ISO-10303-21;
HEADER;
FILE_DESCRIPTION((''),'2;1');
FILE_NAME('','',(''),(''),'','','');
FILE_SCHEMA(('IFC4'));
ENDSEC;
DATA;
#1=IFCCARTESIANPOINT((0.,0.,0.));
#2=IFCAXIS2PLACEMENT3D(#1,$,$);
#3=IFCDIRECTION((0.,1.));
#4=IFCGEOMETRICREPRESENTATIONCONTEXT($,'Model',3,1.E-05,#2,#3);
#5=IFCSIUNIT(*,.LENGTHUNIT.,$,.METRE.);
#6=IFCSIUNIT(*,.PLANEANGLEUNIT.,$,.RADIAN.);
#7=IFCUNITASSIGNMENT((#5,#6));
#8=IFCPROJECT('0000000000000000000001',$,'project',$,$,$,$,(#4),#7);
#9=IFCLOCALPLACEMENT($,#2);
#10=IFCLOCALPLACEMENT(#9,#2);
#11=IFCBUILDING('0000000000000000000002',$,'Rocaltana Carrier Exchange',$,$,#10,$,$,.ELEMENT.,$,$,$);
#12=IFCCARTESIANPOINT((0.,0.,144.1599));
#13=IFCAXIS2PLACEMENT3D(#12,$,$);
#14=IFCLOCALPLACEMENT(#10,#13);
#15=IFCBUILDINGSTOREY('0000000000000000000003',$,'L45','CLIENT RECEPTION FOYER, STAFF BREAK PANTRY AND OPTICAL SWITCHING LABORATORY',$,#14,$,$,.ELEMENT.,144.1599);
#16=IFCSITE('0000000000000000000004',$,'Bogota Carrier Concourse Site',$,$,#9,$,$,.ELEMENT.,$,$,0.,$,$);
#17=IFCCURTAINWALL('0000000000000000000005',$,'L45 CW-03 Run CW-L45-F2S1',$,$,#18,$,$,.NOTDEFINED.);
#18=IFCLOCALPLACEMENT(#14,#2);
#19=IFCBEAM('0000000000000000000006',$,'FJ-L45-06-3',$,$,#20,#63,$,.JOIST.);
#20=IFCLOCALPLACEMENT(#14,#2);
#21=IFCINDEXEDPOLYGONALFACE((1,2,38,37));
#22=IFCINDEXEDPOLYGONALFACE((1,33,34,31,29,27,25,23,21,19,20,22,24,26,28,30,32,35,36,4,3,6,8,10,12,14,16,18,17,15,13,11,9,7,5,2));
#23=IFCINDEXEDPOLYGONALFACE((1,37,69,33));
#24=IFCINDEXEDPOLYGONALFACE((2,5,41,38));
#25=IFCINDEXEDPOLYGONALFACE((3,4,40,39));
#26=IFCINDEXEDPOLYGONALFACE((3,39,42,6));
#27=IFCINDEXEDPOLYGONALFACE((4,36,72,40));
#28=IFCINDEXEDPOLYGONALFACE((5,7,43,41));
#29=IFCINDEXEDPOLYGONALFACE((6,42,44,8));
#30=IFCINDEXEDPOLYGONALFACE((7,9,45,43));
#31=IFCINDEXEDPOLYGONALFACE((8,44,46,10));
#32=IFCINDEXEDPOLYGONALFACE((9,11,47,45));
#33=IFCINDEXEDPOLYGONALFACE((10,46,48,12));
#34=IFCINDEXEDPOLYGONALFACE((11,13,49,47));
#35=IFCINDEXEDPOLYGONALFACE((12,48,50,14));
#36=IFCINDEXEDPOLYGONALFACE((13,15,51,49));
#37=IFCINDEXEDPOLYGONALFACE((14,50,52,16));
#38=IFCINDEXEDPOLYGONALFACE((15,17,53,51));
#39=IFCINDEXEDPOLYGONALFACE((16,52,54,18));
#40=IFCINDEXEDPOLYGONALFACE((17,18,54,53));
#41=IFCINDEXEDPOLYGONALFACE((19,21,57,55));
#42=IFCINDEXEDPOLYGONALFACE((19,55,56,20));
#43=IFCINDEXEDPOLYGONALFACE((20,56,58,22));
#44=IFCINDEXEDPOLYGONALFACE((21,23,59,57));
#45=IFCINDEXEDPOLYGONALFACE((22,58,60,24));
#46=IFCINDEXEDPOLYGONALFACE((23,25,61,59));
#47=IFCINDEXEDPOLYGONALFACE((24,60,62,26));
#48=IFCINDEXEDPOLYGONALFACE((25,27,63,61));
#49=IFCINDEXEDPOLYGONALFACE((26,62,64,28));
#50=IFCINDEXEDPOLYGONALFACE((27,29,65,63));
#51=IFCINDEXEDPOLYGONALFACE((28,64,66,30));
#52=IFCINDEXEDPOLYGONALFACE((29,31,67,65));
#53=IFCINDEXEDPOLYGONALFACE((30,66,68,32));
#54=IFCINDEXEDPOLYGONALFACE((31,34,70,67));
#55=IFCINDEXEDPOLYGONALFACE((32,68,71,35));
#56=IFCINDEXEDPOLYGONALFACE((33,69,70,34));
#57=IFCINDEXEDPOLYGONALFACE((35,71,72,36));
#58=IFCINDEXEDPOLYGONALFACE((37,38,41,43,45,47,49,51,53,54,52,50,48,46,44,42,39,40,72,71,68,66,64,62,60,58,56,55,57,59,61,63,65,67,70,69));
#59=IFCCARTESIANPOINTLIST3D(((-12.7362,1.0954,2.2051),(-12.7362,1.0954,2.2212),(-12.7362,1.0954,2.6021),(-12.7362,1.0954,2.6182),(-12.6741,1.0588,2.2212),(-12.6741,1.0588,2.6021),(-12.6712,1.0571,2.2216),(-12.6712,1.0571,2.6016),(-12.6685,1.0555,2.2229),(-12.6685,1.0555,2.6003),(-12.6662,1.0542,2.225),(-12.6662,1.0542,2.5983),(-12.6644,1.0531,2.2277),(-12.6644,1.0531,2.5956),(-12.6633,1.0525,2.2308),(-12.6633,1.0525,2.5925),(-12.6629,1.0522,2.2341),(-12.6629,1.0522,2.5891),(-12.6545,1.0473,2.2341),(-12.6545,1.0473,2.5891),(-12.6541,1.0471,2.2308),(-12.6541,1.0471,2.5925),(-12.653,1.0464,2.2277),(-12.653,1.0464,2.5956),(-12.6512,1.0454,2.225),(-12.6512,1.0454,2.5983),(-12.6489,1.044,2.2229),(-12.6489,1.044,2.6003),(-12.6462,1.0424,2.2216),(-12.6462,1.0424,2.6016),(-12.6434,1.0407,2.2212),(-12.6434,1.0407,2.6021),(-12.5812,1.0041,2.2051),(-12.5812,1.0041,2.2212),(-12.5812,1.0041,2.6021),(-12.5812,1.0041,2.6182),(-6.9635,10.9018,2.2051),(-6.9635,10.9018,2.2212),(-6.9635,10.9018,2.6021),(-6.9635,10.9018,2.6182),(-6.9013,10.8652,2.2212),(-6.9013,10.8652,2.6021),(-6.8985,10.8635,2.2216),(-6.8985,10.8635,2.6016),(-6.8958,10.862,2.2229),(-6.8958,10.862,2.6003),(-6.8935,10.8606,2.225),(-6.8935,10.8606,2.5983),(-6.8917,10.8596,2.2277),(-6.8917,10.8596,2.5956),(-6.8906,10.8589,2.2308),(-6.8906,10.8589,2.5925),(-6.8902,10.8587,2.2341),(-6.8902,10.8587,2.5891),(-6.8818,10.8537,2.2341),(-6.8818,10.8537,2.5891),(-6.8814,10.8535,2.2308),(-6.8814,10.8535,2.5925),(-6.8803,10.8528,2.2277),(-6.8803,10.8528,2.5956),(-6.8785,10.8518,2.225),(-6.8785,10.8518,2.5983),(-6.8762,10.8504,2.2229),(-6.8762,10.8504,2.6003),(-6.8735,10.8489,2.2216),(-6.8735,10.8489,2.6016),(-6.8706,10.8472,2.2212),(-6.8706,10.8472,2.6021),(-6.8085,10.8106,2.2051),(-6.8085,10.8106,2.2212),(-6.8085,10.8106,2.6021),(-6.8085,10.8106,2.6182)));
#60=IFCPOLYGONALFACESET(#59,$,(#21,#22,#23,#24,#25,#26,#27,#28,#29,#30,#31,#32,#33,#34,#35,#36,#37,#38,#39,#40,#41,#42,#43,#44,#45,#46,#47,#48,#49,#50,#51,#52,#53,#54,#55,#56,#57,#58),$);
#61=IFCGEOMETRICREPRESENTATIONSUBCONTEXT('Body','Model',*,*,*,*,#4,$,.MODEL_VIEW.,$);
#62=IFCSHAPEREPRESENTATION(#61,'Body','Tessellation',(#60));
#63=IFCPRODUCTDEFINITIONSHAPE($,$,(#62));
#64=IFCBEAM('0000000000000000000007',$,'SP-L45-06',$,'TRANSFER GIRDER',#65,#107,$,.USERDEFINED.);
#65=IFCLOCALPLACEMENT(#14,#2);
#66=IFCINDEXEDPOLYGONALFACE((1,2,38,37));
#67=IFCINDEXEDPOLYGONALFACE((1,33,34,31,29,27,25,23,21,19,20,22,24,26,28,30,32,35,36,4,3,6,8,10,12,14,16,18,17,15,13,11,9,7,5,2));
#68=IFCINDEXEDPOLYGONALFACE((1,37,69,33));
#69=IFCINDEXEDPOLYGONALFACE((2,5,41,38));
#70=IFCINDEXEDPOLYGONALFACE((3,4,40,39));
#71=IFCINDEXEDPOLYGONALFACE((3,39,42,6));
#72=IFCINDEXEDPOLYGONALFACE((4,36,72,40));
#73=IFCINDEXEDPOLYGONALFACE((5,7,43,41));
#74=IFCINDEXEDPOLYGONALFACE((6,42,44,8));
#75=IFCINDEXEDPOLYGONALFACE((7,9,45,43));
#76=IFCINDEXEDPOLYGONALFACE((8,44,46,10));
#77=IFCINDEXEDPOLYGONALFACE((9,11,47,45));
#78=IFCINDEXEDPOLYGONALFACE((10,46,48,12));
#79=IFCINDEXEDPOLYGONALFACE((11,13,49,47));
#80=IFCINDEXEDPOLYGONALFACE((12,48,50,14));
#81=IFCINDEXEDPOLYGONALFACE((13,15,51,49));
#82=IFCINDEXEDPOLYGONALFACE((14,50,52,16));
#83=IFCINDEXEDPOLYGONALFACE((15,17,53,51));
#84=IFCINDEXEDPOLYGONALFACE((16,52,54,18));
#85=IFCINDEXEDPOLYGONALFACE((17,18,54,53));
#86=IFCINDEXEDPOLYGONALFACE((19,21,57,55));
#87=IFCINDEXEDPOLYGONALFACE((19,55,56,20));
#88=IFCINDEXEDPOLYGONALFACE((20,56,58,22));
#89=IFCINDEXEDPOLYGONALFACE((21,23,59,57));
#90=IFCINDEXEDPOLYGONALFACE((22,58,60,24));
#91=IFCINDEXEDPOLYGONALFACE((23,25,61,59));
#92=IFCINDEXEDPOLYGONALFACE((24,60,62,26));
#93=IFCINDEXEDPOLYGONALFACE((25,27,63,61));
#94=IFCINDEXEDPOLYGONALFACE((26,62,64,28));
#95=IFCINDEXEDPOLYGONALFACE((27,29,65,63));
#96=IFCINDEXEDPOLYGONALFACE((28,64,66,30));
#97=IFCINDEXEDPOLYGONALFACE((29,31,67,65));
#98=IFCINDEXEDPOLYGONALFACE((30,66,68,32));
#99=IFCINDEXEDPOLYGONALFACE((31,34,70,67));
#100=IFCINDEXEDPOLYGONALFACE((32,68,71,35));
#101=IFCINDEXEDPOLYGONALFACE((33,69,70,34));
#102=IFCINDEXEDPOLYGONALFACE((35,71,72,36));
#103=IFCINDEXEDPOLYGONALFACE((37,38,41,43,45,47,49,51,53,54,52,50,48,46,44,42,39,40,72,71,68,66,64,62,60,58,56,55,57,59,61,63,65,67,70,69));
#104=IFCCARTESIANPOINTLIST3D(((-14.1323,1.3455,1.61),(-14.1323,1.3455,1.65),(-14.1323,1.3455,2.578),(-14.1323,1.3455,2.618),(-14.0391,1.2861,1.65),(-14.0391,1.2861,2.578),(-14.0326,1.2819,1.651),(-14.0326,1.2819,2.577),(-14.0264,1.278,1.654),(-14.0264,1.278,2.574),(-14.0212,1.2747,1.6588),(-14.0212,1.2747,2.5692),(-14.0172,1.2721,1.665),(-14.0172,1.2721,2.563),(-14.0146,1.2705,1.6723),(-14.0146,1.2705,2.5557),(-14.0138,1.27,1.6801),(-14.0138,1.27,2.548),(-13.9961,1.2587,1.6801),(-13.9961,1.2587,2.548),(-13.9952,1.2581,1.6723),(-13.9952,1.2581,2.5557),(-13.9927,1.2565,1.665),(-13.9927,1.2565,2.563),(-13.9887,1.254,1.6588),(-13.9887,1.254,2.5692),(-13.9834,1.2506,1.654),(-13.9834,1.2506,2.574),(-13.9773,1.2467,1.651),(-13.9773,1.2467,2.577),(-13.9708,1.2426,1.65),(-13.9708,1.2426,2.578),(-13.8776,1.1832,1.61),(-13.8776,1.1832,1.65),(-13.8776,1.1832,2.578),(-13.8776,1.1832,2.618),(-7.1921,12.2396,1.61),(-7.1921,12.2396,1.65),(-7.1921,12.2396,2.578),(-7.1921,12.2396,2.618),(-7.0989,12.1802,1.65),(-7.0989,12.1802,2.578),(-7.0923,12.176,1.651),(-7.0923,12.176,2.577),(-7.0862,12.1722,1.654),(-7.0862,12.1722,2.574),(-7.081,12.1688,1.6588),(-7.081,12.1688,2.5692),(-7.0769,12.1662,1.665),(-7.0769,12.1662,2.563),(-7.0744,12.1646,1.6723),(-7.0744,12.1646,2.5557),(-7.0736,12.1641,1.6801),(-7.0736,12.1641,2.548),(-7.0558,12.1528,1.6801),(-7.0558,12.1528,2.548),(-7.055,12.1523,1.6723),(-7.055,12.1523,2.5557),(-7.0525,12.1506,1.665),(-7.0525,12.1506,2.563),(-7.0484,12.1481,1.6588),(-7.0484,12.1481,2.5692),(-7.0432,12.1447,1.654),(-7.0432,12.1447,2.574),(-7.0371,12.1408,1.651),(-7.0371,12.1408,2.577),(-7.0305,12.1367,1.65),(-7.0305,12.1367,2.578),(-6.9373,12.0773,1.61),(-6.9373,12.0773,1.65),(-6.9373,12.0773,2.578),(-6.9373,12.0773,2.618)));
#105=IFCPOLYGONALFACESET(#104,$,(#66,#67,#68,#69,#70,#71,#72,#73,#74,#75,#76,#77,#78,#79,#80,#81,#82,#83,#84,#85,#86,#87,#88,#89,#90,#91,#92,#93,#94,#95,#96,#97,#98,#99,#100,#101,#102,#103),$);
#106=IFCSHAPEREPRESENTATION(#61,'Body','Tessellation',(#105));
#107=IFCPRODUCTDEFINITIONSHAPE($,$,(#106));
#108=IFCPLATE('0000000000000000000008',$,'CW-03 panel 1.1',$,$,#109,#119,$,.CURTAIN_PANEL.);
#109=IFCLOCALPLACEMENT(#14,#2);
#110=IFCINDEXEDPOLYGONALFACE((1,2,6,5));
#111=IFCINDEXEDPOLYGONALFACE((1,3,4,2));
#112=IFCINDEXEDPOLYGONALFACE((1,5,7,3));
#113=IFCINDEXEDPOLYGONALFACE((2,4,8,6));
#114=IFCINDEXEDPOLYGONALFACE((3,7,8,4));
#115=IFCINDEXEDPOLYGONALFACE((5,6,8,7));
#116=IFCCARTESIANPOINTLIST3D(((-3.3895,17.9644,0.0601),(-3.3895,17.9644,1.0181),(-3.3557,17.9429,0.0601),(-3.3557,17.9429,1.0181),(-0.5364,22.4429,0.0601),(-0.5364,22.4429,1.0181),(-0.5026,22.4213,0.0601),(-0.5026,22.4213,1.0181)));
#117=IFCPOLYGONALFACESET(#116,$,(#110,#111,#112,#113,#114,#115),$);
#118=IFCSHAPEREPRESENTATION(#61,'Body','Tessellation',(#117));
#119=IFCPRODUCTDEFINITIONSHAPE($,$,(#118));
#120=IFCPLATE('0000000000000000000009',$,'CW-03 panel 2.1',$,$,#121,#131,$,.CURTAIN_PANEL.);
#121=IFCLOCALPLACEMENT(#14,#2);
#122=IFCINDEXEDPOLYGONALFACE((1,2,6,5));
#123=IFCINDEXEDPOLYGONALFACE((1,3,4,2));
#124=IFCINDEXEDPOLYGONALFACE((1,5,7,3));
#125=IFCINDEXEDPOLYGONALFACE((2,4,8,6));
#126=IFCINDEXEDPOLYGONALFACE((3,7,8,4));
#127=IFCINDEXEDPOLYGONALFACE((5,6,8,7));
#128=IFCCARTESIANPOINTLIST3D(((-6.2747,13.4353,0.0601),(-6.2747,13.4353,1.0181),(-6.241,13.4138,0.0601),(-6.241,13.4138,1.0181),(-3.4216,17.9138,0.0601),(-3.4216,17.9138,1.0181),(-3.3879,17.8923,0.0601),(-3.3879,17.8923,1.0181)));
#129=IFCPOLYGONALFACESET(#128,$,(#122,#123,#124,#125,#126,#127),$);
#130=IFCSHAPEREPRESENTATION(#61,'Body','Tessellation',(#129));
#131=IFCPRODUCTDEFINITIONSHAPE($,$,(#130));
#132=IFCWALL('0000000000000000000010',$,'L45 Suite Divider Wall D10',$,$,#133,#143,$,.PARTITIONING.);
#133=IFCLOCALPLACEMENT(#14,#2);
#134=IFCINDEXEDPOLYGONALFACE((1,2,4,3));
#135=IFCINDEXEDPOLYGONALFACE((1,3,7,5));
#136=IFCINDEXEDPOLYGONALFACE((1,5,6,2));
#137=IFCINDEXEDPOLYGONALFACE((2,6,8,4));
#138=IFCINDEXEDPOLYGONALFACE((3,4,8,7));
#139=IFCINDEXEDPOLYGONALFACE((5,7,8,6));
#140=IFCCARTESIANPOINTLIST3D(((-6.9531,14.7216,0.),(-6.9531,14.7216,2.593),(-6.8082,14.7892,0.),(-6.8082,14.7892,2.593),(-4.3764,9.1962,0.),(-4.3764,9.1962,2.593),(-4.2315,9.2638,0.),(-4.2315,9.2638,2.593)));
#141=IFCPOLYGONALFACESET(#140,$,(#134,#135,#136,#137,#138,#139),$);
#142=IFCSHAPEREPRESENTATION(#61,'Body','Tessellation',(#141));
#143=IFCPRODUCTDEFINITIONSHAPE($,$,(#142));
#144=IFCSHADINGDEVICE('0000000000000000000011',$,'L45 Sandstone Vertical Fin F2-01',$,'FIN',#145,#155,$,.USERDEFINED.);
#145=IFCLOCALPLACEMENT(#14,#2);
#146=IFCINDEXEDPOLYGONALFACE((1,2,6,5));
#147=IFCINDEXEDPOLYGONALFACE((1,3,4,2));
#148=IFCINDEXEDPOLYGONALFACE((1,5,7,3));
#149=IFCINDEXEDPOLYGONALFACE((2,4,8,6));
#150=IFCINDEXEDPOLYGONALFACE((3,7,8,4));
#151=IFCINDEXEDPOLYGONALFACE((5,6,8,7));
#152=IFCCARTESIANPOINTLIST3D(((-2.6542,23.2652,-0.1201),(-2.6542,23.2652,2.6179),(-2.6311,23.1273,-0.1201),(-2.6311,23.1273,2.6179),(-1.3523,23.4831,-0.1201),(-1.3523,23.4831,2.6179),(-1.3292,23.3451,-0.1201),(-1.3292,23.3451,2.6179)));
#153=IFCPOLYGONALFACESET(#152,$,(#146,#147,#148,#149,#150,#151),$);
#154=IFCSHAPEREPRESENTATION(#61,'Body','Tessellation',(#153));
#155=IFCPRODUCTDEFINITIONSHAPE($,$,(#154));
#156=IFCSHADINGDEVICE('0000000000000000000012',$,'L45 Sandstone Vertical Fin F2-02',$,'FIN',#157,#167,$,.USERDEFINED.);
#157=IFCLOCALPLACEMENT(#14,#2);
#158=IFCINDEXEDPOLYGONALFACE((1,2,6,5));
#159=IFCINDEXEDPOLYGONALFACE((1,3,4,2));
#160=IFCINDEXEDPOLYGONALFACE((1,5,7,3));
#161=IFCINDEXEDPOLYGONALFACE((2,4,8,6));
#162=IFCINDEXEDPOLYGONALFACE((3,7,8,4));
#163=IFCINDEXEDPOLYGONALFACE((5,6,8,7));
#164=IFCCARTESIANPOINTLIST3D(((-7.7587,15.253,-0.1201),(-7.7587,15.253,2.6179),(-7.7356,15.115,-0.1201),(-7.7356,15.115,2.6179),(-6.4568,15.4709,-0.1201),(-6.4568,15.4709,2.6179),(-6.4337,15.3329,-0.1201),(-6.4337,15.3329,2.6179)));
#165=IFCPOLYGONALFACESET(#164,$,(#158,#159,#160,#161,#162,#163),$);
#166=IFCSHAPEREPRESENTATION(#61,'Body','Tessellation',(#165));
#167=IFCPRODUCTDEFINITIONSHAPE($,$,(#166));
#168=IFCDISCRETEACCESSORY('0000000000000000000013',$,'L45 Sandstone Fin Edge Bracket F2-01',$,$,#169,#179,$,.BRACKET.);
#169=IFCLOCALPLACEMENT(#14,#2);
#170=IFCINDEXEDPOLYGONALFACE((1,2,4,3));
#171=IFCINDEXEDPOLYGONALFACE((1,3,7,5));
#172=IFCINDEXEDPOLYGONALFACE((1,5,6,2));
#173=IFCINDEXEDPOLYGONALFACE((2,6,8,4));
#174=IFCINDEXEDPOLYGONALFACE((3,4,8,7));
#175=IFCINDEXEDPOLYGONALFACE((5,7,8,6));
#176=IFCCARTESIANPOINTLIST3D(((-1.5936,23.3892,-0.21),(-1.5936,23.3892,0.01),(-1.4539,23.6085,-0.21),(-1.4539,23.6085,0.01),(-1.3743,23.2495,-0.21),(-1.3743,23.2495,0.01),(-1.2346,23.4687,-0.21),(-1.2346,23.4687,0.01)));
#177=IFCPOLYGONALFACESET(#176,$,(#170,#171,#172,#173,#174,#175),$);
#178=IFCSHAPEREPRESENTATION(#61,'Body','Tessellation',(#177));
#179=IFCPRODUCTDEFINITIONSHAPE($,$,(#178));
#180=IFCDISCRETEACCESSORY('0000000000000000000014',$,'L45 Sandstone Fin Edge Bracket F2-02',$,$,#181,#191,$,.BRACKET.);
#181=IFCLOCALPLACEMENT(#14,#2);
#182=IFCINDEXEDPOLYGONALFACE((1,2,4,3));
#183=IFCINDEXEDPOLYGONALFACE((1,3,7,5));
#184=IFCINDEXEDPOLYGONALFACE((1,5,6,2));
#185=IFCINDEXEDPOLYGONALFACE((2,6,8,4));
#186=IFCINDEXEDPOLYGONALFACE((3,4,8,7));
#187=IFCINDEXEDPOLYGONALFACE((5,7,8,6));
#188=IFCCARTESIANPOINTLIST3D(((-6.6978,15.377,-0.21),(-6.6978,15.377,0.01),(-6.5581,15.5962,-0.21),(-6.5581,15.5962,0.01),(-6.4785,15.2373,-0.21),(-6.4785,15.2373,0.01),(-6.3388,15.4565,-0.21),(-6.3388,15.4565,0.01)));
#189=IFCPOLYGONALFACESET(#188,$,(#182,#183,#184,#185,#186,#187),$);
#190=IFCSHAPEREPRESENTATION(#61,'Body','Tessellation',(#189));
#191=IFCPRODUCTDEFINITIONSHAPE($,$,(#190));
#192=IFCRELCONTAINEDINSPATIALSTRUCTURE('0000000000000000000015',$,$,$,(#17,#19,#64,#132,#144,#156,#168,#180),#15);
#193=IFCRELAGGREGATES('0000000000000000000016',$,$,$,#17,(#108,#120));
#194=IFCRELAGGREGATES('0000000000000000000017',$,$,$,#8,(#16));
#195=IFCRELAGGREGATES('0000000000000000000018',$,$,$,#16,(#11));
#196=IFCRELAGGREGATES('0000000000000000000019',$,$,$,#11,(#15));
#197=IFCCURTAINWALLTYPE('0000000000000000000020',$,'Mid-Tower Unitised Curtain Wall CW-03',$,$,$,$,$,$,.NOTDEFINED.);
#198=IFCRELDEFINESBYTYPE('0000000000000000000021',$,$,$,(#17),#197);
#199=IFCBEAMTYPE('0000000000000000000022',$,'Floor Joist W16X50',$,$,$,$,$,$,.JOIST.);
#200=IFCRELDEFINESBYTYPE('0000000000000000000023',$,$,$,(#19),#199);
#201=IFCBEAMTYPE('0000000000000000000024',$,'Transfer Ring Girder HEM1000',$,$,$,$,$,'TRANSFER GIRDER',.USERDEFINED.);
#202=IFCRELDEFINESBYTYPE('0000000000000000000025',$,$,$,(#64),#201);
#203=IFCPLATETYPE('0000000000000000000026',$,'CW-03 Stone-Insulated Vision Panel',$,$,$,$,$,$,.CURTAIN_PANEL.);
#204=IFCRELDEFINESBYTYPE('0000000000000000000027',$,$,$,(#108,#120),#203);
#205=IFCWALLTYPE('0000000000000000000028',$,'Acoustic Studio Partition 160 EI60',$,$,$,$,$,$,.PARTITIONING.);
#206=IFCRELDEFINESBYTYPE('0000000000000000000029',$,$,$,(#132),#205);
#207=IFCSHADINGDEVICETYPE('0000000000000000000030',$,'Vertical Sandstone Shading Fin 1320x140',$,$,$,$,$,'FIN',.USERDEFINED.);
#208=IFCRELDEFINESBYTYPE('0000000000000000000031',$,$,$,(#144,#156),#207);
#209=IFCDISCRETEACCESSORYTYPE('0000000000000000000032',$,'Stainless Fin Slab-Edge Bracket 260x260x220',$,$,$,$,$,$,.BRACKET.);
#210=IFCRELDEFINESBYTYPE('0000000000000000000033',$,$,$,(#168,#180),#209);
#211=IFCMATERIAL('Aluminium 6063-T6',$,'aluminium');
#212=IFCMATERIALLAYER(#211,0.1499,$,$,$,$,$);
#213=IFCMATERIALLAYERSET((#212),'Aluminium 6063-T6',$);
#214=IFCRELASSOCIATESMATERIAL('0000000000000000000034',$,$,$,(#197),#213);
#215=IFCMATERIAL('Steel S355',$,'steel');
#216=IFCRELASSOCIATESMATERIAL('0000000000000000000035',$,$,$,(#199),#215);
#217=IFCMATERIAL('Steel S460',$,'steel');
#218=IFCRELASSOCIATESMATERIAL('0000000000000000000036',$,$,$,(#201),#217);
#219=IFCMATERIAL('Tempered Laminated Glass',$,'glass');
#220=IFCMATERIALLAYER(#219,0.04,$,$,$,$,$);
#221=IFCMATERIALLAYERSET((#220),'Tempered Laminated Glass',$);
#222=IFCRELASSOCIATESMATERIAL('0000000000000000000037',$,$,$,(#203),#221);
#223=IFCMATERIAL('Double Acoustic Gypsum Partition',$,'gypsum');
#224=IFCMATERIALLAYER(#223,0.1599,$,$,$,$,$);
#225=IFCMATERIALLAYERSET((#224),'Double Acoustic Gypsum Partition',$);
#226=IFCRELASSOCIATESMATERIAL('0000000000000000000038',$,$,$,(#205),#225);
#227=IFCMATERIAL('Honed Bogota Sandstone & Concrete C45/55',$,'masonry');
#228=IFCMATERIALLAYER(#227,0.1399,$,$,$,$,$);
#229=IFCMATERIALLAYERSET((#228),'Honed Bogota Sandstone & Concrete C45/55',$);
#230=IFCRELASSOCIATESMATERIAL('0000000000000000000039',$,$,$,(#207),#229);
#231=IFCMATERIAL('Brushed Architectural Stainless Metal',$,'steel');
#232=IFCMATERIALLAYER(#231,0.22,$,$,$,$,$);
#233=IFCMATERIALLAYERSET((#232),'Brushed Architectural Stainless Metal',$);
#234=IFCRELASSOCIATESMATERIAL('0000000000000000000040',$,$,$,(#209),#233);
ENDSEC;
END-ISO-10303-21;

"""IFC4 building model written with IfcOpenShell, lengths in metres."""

from ifc_helpers import new_model, si_unit, direction, frame, frame_2d, origin, origin_2d, place, context, subcontext, project, spatial, rectangle, i_section, extrude, material, layer, layer_set, material_profile, profile_set, type_object, element, aggregate, save


model = new_model("IFC4")

# Units and contexts
model_context = context("Model", 3, precision=1e-05, world=origin(), true_north=direction((0.0, 1.0)))
body_context = subcontext(model_context, "Body", "Model", "MODEL_VIEW")
ifc_project = project(units=[si_unit("LENGTHUNIT", "METRE"), si_unit("PLANEANGLEUNIT", "RADIAN")], contexts=[model_context])

# Site, building, storey
site_placement = place(None, origin())
site = spatial("IfcSite", under=ifc_project, at=site_placement, Name="Bogota Carrier Concourse Site", CompositionType="ELEMENT", RefElevation=0.0)
building_placement = place(site_placement, origin())
building = spatial("IfcBuilding", under=site, at=building_placement, Name="Rocaltana Carrier Exchange", CompositionType="ELEMENT")
storey_placement = place(building_placement, frame((0.0, 0.0, 144.1599)))
storey = spatial("IfcBuildingStorey", under=building, at=storey_placement, Name="L45", Description="CLIENT RECEPTION FOYER, STAFF BREAK PANTRY AND OPTICAL SWITCHING LABORATORY", CompositionType="ELEMENT", Elevation=144.1599)

# Curtain wall
ifc_material_1 = material(Name="Aluminium 6063-T6", Category="aluminium")
ifc_layer_1 = layer(ifc_material_1, 0.1499)
ifc_layer_set_1 = layer_set([ifc_layer_1], Name="Aluminium 6063-T6")
curtain_wall_type = type_object("IfcCurtainWallType", Name="Mid-Tower Unitised Curtain Wall CW-03", PredefinedType="NOTDEFINED", material=ifc_layer_set_1)
curtain_wall_1_placement = place(storey_placement, origin())
curtain_wall_1 = element("IfcCurtainWall", 1, at=curtain_wall_1_placement, inside=storey, type_object=curtain_wall_type, Name="L45 CW-03 Run CW-L45-F2S1", PredefinedType="NOTDEFINED")

# Beams
ifc_material_2 = material(Name="Steel S355", Category="steel")
ifc_material_profile_1 = material_profile(ifc_material_2, i_section(OverallWidth=0.1799, OverallDepth=0.4131, WebThickness=0.0098, FlangeThickness=0.0161, FilletRadius=0.0129, at=origin_2d()), Name="W16X50")
ifc_profile_set_1 = profile_set([ifc_material_profile_1], Name="Steel S355")
beam_type_1 = type_object("IfcBeamType", Name="Floor Joist W16X50", PredefinedType="JOIST", material=ifc_profile_set_1)
beam_1_placement = place(storey_placement, frame((-6.886, 10.8562, 2.4116), z_axis=(-0.507297, -0.861771, 0.0), x_axis=(0.861771, -0.507297, 0.0)))
element("IfcBeam", 2, at=beam_1_placement, inside=storey, type_object=beam_type_1, Name="FJ-L45-06-3", PredefinedType="JOIST", context=body_context, shape_type="SweptSolid", body=[
    extrude(i_section(OverallWidth=0.1799, OverallDepth=0.4131, WebThickness=0.0098, FlangeThickness=0.0161, FilletRadius=0.0129, at=origin_2d()), origin(), (0.0, 0.0, 1.0), 11.3794),
])
ifc_material_3 = material(Name="Steel S460", Category="steel")
ifc_material_profile_2 = material_profile(ifc_material_3, i_section(OverallWidth=0.302, OverallDepth=1.0081, WebThickness=0.021, FlangeThickness=0.04, FilletRadius=0.03, at=origin_2d()), Name="HEM1000")
ifc_profile_set_2 = profile_set([ifc_material_profile_2], Name="Steel S460")
beam_type_2 = type_object("IfcBeamType", Name="Transfer Ring Girder HEM1000", ElementType="TRANSFER GIRDER", PredefinedType="USERDEFINED", material=ifc_profile_set_2)
beam_2_placement = place(storey_placement, frame((-7.0647, 12.1584, 2.114), z_axis=(-0.537295, -0.843394, 0.0), x_axis=(0.843394, -0.537295, 0.0)))
element("IfcBeam", 3, at=beam_2_placement, inside=storey, type_object=beam_type_2, Name="SP-L45-06", ObjectType="TRANSFER GIRDER", PredefinedType="USERDEFINED", context=body_context, shape_type="SweptSolid", body=[
    extrude(i_section(OverallWidth=0.302, OverallDepth=1.0081, WebThickness=0.021, FlangeThickness=0.04, FilletRadius=0.03, at=origin_2d()), origin(), (0.0, 0.0, 1.0), 12.917),
])

# Plates
ifc_material_4 = material(Name="Tempered Laminated Glass", Category="glass")
ifc_layer_2 = layer(ifc_material_4, 0.04)
ifc_layer_set_2 = layer_set([ifc_layer_2], Name="Tempered Laminated Glass")
plate_type = type_object("IfcPlateType", Name="CW-03 Stone-Insulated Vision Panel", PredefinedType="CURTAIN_PANEL", material=ifc_layer_set_2)
plate_1_placement = place(storey_placement, frame((-1.946, 20.1929, 0.0601), z_axis=(0.0, 0.0, 1.0), x_axis=(-0.537301, -0.843391, 0.0)))
plate_1 = element("IfcPlate", 4, at=plate_1_placement, type_object=plate_type, Name="CW-03 panel 1.1", PredefinedType="CURTAIN_PANEL", context=body_context, shape_type="SweptSolid", body=[
    extrude(rectangle(XDim=5.3101, YDim=0.04, at=origin_2d()), origin(), (0.0, 0.0, 1.0), 0.958),
])
plate_2_placement = place(storey_placement, frame((-4.8313, 15.6638, 0.0601), z_axis=(0.0, 0.0, 1.0), x_axis=(-0.537301, -0.843391, 0.0)))
plate_2 = element("IfcPlate", 5, at=plate_2_placement, type_object=plate_type, Name="CW-03 panel 2.1", PredefinedType="CURTAIN_PANEL", context=body_context, shape_type="SweptSolid", body=[
    extrude(rectangle(XDim=5.3101, YDim=0.04, at=origin_2d()), origin(), (0.0, 0.0, 1.0), 0.958),
])
aggregate(curtain_wall_1, [plate_1, plate_2])

# Wall
ifc_material_5 = material(Name="Double Acoustic Gypsum Partition", Category="gypsum")
ifc_layer_3 = layer(ifc_material_5, 0.1599)
ifc_layer_set_3 = layer_set([ifc_layer_3], Name="Double Acoustic Gypsum Partition")
wall_type = type_object("IfcWallType", Name="Acoustic Studio Partition 160 EI60", PredefinedType="PARTITIONING", material=ifc_layer_set_3)
wall_placement = place(storey_placement, frame((-4.304, 9.23, 0.0), z_axis=(0.0, 0.0, 1.0), x_axis=(-0.422636, 0.9063, 0.0)))
element("IfcWall", 6, at=wall_placement, inside=storey, type_object=wall_type, Name="L45 Suite Divider Wall D10", PredefinedType="PARTITIONING", context=body_context, shape_type="SweptSolid", body=[
    extrude(rectangle(XDim=6.0967, YDim=0.1599, at=frame_2d((3.0483, 0.0))), origin(), (0.0, 0.0, 1.0), 2.593),
])

# Shading devices
ifc_material_6 = material(Name="Honed Bogota Sandstone & Concrete C45/55", Category="masonry")
ifc_layer_4 = layer(ifc_material_6, 0.1399)
ifc_layer_set_4 = layer_set([ifc_layer_4], Name="Honed Bogota Sandstone & Concrete C45/55")
shading_device_type = type_object("IfcShadingDeviceType", Name="Vertical Sandstone Shading Fin 1320x140", ElementType="FIN", PredefinedType="USERDEFINED", material=ifc_layer_set_4)
for number, where, z_axis, x_axis, name in (
    (7, (-1.9917, 23.3052, -0.1201), (0.0, 0.0, 1.0), (-0.986286, -0.165048, 0.0), "L45 Sandstone Vertical Fin F2-01"),
    (8, (-7.0962, 15.293, -0.1201), (0.0, 0.0, 1.0), (-0.986286, -0.165048, 0.0), "L45 Sandstone Vertical Fin F2-02"),
):
    element("IfcShadingDevice", number, at=place(storey_placement, frame(where, z_axis=z_axis, x_axis=x_axis)), inside=storey, type_object=shading_device_type, Name=name, ObjectType="FIN", PredefinedType="USERDEFINED", context=body_context, shape_type="SweptSolid", body=[
        extrude(rectangle(XDim=1.3201, YDim=0.1399, at=origin_2d()), origin(), (0.0, 0.0, 1.0), 2.738),
    ])

# Discrete accessories
ifc_material_7 = material(Name="Brushed Architectural Stainless Metal", Category="steel")
ifc_layer_5 = layer(ifc_material_7, 0.22)
ifc_layer_set_5 = layer_set([ifc_layer_5], Name="Brushed Architectural Stainless Metal")
discrete_accessory_type = type_object("IfcDiscreteAccessoryType", Name="Stainless Fin Slab-Edge Bracket 260x260x220", PredefinedType="BRACKET", material=ifc_layer_set_5)
for number, where, z_axis, x_axis, name in (
    (9, (-1.4141, 23.429, -0.21), (0.0, 0.0, 1.0), (-0.5373, -0.843391, 0.0), "L45 Sandstone Fin Edge Bracket F2-01"),
    (10, (-6.5183, 15.4167, -0.21), (0.0, 0.0, 1.0), (-0.5373, -0.843391, 0.0), "L45 Sandstone Fin Edge Bracket F2-02"),
):
    element("IfcDiscreteAccessory", number, at=place(storey_placement, frame(where, z_axis=z_axis, x_axis=x_axis)), inside=storey, type_object=discrete_accessory_type, Name=name, PredefinedType="BRACKET", context=body_context, shape_type="SweptSolid", body=[
        extrude(rectangle(XDim=0.26, YDim=0.26, at=origin_2d()), origin(), (0.0, 0.0, 1.0), 0.22),
    ])

save(model, "model.ifc")
